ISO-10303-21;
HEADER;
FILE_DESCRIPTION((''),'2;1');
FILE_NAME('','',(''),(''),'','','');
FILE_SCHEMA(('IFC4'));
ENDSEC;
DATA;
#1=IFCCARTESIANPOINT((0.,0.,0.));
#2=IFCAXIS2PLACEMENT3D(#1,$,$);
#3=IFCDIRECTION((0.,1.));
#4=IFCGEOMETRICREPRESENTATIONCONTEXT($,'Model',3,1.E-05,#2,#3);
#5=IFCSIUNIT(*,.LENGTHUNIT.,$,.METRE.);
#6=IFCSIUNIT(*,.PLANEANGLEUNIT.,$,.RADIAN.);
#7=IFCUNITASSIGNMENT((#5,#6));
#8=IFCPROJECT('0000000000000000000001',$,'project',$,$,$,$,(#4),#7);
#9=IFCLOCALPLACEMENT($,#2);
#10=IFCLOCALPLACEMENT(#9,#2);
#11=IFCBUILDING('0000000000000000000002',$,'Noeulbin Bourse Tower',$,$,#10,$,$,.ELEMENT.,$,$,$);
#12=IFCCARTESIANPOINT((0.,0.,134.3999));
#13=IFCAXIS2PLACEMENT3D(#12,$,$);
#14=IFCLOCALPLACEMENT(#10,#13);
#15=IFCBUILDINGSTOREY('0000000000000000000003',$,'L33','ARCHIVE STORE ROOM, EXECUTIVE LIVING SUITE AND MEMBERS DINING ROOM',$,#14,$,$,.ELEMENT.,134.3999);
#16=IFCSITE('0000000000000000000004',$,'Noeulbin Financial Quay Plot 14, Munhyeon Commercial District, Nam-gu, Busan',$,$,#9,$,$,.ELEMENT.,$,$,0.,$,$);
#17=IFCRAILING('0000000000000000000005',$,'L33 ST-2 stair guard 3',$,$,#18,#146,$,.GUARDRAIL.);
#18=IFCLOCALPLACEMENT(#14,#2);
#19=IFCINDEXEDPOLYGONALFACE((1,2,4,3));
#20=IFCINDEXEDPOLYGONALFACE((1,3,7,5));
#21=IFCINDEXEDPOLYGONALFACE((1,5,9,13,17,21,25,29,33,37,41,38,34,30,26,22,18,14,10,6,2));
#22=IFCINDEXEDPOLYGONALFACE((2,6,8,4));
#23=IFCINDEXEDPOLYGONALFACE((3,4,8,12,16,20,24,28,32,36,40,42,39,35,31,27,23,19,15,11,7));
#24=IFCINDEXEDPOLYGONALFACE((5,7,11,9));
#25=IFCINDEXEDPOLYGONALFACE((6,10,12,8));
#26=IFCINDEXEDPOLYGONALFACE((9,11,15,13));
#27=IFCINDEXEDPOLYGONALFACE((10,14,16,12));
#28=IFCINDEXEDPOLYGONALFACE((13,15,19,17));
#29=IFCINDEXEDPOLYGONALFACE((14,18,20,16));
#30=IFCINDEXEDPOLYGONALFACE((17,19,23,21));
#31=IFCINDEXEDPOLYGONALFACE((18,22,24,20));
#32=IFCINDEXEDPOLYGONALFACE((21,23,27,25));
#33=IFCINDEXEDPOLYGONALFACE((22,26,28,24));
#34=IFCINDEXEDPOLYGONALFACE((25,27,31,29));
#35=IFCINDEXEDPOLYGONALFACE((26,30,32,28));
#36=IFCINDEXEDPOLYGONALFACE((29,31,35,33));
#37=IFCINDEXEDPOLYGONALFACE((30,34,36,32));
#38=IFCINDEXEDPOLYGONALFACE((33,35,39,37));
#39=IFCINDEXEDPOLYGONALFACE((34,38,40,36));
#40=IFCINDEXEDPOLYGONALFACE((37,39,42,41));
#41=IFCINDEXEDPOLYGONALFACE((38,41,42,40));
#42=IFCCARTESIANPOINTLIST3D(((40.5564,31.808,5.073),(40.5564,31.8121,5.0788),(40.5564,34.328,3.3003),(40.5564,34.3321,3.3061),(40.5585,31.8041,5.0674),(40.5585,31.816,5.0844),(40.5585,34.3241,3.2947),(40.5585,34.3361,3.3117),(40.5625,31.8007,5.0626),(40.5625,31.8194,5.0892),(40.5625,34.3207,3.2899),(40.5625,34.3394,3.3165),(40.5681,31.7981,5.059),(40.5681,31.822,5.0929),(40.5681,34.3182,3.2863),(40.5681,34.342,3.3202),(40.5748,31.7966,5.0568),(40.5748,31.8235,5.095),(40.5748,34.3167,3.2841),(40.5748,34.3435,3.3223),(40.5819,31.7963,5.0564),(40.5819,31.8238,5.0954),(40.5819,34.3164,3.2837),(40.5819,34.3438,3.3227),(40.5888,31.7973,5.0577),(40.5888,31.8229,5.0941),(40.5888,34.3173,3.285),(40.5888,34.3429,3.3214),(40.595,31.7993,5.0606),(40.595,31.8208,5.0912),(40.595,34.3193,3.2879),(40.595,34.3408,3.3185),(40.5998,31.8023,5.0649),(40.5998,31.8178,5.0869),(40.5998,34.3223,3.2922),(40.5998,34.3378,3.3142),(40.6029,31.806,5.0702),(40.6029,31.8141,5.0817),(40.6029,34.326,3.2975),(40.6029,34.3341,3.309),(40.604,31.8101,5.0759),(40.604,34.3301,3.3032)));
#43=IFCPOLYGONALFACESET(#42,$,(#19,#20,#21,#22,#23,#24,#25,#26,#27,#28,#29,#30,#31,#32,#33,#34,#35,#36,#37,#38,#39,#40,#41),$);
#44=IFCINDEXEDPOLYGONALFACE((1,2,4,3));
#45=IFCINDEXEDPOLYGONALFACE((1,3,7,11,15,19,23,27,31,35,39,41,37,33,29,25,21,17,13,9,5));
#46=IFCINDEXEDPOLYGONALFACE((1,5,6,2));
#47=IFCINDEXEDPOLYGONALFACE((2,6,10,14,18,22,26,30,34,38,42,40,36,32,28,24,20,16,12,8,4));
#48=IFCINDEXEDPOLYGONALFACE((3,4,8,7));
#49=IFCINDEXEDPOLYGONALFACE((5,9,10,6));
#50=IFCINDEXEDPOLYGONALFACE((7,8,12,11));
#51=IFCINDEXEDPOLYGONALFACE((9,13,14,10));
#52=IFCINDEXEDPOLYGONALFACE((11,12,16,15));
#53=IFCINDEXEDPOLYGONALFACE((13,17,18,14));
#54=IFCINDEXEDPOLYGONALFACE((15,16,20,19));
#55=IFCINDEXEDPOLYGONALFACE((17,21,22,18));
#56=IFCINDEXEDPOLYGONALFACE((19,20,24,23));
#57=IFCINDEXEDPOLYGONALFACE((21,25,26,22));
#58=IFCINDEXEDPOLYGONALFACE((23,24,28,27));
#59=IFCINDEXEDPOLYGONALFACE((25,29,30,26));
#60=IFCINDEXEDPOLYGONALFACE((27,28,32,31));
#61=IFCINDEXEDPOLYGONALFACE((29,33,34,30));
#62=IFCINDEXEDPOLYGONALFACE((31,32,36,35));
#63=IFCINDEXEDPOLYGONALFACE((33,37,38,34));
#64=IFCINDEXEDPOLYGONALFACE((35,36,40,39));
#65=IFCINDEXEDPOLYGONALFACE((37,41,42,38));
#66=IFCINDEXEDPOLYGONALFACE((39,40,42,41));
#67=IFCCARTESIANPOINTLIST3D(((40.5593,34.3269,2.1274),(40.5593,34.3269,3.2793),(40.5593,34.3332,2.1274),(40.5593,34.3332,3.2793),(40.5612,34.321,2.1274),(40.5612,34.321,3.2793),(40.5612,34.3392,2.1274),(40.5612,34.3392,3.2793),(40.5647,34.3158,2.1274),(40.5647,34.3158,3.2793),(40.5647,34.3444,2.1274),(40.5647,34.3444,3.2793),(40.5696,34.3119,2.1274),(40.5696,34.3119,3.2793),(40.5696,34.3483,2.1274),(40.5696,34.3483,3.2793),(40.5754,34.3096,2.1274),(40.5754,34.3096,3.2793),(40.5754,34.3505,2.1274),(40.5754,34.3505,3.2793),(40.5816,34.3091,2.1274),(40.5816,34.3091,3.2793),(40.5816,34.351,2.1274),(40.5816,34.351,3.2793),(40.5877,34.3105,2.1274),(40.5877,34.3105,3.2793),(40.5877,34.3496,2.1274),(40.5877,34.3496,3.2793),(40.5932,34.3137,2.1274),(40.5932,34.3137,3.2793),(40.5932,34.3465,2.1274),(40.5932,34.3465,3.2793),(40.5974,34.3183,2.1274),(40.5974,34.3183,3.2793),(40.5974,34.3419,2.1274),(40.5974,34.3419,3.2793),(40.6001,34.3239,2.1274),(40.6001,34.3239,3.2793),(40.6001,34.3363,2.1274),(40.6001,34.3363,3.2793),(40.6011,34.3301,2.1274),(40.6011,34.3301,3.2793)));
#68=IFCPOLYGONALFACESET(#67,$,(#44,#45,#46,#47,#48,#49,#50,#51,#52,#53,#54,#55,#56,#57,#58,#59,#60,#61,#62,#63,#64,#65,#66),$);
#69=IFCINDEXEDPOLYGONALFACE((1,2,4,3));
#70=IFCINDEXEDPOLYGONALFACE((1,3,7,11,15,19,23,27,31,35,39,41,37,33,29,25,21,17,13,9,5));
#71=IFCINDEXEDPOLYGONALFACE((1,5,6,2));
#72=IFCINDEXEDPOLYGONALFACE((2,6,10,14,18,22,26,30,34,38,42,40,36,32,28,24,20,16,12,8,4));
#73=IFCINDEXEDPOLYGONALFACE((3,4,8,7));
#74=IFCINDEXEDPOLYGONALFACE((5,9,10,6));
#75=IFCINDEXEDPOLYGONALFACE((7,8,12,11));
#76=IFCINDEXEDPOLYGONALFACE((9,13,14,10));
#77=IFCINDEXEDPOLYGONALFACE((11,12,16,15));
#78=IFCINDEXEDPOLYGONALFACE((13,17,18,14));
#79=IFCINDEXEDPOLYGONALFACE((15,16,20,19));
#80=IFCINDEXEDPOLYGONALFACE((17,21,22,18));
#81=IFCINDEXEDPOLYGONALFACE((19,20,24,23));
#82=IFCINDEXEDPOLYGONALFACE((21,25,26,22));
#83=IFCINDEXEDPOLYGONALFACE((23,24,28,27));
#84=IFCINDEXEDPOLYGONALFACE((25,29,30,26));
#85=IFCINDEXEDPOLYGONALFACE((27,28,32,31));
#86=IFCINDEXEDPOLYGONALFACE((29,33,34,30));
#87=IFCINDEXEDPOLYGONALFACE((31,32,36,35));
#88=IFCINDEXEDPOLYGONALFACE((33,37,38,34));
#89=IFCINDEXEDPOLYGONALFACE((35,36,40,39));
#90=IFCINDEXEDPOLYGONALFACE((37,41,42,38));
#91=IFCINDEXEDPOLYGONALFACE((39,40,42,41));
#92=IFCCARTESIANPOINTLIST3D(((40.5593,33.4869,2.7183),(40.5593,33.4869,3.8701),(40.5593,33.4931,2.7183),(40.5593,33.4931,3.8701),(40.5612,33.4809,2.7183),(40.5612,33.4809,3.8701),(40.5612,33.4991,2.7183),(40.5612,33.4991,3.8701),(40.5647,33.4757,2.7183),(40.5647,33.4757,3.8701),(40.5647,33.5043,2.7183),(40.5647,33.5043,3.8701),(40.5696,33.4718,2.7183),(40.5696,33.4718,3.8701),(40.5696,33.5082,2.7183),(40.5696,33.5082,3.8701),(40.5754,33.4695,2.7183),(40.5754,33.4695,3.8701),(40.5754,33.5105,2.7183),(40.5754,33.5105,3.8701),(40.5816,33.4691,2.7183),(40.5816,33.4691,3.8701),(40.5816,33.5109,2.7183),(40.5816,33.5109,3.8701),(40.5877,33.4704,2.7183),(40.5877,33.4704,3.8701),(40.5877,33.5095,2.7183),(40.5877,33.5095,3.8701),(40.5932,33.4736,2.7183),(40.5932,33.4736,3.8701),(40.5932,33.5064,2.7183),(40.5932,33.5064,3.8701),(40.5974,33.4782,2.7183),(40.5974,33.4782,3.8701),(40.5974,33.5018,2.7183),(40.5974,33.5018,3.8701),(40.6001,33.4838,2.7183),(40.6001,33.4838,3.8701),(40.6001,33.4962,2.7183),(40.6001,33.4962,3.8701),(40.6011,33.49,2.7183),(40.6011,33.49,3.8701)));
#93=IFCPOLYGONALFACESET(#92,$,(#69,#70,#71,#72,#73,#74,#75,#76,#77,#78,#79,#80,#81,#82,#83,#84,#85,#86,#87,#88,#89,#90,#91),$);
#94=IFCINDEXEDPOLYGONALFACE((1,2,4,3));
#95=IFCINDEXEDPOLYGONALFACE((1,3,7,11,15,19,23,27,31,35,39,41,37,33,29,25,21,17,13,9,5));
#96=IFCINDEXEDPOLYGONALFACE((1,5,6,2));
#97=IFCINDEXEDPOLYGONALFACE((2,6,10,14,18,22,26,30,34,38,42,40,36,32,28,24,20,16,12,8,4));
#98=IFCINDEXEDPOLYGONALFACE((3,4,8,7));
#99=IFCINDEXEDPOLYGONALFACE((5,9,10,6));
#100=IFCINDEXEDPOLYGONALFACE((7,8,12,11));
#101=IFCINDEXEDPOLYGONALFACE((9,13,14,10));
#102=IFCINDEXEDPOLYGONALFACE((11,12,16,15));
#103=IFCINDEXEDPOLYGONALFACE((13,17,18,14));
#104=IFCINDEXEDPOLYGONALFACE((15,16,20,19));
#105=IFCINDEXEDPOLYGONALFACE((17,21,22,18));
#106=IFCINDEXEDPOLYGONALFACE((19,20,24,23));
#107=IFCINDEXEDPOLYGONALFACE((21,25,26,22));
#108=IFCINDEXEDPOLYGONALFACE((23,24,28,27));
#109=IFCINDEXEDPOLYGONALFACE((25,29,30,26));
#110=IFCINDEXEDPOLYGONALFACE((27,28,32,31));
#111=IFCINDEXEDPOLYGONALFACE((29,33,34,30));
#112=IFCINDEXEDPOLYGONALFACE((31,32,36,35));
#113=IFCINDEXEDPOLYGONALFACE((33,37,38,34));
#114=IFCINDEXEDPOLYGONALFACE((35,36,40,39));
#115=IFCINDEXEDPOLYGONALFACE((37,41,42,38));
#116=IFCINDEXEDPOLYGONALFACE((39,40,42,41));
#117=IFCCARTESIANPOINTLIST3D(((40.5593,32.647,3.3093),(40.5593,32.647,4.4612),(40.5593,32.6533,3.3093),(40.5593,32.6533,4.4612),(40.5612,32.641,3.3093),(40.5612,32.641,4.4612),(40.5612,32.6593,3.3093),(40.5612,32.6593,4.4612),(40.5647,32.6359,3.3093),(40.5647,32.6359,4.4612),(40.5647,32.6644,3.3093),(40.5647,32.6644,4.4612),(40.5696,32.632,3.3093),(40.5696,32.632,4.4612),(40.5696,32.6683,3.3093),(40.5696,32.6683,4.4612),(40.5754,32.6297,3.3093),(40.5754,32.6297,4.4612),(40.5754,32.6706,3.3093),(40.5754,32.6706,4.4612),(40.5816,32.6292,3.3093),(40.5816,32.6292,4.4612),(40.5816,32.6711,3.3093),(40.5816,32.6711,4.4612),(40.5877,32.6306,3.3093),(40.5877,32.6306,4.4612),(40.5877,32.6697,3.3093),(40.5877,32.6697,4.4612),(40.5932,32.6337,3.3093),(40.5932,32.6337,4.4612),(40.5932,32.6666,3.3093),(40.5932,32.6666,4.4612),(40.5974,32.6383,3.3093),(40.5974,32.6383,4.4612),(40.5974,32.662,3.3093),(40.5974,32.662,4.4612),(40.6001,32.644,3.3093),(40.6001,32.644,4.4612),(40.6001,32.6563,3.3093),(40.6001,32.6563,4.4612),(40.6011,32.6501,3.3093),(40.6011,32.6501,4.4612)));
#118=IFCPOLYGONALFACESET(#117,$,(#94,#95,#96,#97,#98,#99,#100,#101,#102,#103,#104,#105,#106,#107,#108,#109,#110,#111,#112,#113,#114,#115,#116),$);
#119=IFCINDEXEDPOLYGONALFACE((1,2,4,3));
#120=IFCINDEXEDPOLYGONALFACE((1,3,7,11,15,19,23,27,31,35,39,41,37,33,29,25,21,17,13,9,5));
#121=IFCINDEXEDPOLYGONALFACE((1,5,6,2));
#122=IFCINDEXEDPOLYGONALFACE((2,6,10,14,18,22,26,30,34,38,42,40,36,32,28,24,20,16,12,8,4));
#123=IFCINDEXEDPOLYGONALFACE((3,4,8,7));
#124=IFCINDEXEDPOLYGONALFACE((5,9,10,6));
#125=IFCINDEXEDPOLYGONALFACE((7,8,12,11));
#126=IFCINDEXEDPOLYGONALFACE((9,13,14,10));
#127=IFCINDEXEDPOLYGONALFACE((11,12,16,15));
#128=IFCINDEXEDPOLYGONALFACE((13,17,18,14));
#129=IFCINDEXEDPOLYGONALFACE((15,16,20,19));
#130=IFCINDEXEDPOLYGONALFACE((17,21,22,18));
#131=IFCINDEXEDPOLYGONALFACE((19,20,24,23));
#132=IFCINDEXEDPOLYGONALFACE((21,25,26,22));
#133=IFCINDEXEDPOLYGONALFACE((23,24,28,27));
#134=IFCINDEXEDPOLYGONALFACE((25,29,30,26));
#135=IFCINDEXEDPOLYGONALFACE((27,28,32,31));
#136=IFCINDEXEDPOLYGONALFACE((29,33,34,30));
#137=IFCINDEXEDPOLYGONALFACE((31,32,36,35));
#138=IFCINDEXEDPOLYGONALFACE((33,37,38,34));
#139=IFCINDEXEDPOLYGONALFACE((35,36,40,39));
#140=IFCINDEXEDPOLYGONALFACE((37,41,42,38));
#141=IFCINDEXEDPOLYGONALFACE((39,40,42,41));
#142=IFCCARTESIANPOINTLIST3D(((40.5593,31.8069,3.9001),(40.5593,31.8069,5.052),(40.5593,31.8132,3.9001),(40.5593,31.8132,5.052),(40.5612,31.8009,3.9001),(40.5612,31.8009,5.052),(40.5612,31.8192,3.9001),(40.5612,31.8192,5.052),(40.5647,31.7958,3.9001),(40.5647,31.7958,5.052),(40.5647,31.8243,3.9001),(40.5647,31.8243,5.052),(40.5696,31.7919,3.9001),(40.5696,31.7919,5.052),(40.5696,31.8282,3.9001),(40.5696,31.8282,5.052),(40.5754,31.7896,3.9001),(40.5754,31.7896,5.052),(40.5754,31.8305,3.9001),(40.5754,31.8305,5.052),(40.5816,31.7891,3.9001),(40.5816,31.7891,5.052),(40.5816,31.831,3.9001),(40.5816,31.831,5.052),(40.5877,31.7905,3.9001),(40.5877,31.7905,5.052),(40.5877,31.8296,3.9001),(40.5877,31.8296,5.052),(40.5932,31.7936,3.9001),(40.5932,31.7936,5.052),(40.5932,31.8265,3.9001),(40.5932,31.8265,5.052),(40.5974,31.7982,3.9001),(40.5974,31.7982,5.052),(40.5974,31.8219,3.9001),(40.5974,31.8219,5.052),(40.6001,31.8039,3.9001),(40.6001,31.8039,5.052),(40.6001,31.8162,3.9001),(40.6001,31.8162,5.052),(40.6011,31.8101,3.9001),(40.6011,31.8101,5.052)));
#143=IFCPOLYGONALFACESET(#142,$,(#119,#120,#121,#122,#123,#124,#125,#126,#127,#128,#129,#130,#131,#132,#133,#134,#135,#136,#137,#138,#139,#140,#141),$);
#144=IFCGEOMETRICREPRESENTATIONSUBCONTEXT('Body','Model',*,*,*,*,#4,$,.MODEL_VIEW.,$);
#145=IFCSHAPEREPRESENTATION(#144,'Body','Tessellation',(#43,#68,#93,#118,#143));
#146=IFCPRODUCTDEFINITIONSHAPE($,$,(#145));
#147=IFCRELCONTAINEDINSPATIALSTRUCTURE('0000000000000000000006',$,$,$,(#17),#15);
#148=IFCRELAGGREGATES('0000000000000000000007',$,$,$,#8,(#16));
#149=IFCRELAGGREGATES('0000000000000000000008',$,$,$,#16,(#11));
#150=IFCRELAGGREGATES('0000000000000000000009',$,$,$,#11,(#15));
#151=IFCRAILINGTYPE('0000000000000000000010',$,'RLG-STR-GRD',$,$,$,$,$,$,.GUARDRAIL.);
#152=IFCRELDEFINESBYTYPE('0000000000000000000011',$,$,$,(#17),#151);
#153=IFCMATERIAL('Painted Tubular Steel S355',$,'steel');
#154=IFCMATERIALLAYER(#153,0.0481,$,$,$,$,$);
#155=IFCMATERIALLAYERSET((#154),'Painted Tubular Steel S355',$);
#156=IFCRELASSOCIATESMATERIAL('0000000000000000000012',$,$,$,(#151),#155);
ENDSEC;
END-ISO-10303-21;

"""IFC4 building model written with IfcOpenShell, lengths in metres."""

from ifc_helpers import new_model, si_unit, direction, frame, origin, origin_2d, place, context, subcontext, project, spatial, circle, extrude, material, layer, layer_set, type_object, element, save


model = new_model("IFC4")

# Units and contexts
model_context = context("Model", 3, precision=1e-05, world=origin(), true_north=direction((0.0, 1.0)))
body_context = subcontext(model_context, "Body", "Model", "MODEL_VIEW")
ifc_project = project(units=[si_unit("LENGTHUNIT", "METRE"), si_unit("PLANEANGLEUNIT", "RADIAN")], contexts=[model_context])

# Site, building, storey
site_placement = place(None, origin())
site = spatial("IfcSite", under=ifc_project, at=site_placement, Name="Noeulbin Financial Quay Plot 14, Munhyeon Commercial District, Nam-gu, Busan", CompositionType="ELEMENT", RefElevation=0.0)
building_placement = place(site_placement, origin())
building = spatial("IfcBuilding", under=site, at=building_placement, Name="Noeulbin Bourse Tower", CompositionType="ELEMENT")
storey_placement = place(building_placement, frame((0.0, 0.0, 134.3999)))
storey = spatial("IfcBuildingStorey", under=building, at=storey_placement, Name="L33", Description="ARCHIVE STORE ROOM, EXECUTIVE LIVING SUITE AND MEMBERS DINING ROOM", CompositionType="ELEMENT", Elevation=134.3999)

# Railing
ifc_material_1 = material(Name="Painted Tubular Steel S355", Category="steel")
ifc_layer_1 = layer(ifc_material_1, 0.0481)
ifc_layer_set_1 = layer_set([ifc_layer_1], Name="Painted Tubular Steel S355")
railing_type = type_object("IfcRailingType", Name="RLG-STR-GRD", PredefinedType="GUARDRAIL", material=ifc_layer_set_1)
railing_placement = place(storey_placement, frame((40.5801, 34.3301, 2.1274)))
element("IfcRailing", 1, at=railing_placement, inside=storey, type_object=railing_type, Name="L33 ST-2 stair guard 3", PredefinedType="GUARDRAIL", context=body_context, shape_type="SweptSolid", body=[
    extrude(circle(Radius=0.0239, at=origin_2d()), frame((0.0, 0.0, 1.1758), z_axis=(0.0, -0.817904, 0.575354), x_axis=(1.0, 0.0, 0.0)), (0.0, 0.0, 1.0), 3.0811),
    extrude(circle(Radius=0.021, at=origin_2d()), origin(), (0.0, 0.0, 1.0), 1.1519),
    extrude(circle(Radius=0.021, at=origin_2d()), frame((0.0, -0.8401, 0.5908)), (0.0, 0.0, 1.0), 1.1519),
    extrude(circle(Radius=0.021, at=origin_2d()), frame((0.0, -1.6799, 1.1819)), (0.0, 0.0, 1.0), 1.1519),
    extrude(circle(Radius=0.021, at=origin_2d()), frame((0.0, -2.52, 1.7727)), (0.0, 0.0, 1.0), 1.1519),
])

save(model, "model.ifc")
